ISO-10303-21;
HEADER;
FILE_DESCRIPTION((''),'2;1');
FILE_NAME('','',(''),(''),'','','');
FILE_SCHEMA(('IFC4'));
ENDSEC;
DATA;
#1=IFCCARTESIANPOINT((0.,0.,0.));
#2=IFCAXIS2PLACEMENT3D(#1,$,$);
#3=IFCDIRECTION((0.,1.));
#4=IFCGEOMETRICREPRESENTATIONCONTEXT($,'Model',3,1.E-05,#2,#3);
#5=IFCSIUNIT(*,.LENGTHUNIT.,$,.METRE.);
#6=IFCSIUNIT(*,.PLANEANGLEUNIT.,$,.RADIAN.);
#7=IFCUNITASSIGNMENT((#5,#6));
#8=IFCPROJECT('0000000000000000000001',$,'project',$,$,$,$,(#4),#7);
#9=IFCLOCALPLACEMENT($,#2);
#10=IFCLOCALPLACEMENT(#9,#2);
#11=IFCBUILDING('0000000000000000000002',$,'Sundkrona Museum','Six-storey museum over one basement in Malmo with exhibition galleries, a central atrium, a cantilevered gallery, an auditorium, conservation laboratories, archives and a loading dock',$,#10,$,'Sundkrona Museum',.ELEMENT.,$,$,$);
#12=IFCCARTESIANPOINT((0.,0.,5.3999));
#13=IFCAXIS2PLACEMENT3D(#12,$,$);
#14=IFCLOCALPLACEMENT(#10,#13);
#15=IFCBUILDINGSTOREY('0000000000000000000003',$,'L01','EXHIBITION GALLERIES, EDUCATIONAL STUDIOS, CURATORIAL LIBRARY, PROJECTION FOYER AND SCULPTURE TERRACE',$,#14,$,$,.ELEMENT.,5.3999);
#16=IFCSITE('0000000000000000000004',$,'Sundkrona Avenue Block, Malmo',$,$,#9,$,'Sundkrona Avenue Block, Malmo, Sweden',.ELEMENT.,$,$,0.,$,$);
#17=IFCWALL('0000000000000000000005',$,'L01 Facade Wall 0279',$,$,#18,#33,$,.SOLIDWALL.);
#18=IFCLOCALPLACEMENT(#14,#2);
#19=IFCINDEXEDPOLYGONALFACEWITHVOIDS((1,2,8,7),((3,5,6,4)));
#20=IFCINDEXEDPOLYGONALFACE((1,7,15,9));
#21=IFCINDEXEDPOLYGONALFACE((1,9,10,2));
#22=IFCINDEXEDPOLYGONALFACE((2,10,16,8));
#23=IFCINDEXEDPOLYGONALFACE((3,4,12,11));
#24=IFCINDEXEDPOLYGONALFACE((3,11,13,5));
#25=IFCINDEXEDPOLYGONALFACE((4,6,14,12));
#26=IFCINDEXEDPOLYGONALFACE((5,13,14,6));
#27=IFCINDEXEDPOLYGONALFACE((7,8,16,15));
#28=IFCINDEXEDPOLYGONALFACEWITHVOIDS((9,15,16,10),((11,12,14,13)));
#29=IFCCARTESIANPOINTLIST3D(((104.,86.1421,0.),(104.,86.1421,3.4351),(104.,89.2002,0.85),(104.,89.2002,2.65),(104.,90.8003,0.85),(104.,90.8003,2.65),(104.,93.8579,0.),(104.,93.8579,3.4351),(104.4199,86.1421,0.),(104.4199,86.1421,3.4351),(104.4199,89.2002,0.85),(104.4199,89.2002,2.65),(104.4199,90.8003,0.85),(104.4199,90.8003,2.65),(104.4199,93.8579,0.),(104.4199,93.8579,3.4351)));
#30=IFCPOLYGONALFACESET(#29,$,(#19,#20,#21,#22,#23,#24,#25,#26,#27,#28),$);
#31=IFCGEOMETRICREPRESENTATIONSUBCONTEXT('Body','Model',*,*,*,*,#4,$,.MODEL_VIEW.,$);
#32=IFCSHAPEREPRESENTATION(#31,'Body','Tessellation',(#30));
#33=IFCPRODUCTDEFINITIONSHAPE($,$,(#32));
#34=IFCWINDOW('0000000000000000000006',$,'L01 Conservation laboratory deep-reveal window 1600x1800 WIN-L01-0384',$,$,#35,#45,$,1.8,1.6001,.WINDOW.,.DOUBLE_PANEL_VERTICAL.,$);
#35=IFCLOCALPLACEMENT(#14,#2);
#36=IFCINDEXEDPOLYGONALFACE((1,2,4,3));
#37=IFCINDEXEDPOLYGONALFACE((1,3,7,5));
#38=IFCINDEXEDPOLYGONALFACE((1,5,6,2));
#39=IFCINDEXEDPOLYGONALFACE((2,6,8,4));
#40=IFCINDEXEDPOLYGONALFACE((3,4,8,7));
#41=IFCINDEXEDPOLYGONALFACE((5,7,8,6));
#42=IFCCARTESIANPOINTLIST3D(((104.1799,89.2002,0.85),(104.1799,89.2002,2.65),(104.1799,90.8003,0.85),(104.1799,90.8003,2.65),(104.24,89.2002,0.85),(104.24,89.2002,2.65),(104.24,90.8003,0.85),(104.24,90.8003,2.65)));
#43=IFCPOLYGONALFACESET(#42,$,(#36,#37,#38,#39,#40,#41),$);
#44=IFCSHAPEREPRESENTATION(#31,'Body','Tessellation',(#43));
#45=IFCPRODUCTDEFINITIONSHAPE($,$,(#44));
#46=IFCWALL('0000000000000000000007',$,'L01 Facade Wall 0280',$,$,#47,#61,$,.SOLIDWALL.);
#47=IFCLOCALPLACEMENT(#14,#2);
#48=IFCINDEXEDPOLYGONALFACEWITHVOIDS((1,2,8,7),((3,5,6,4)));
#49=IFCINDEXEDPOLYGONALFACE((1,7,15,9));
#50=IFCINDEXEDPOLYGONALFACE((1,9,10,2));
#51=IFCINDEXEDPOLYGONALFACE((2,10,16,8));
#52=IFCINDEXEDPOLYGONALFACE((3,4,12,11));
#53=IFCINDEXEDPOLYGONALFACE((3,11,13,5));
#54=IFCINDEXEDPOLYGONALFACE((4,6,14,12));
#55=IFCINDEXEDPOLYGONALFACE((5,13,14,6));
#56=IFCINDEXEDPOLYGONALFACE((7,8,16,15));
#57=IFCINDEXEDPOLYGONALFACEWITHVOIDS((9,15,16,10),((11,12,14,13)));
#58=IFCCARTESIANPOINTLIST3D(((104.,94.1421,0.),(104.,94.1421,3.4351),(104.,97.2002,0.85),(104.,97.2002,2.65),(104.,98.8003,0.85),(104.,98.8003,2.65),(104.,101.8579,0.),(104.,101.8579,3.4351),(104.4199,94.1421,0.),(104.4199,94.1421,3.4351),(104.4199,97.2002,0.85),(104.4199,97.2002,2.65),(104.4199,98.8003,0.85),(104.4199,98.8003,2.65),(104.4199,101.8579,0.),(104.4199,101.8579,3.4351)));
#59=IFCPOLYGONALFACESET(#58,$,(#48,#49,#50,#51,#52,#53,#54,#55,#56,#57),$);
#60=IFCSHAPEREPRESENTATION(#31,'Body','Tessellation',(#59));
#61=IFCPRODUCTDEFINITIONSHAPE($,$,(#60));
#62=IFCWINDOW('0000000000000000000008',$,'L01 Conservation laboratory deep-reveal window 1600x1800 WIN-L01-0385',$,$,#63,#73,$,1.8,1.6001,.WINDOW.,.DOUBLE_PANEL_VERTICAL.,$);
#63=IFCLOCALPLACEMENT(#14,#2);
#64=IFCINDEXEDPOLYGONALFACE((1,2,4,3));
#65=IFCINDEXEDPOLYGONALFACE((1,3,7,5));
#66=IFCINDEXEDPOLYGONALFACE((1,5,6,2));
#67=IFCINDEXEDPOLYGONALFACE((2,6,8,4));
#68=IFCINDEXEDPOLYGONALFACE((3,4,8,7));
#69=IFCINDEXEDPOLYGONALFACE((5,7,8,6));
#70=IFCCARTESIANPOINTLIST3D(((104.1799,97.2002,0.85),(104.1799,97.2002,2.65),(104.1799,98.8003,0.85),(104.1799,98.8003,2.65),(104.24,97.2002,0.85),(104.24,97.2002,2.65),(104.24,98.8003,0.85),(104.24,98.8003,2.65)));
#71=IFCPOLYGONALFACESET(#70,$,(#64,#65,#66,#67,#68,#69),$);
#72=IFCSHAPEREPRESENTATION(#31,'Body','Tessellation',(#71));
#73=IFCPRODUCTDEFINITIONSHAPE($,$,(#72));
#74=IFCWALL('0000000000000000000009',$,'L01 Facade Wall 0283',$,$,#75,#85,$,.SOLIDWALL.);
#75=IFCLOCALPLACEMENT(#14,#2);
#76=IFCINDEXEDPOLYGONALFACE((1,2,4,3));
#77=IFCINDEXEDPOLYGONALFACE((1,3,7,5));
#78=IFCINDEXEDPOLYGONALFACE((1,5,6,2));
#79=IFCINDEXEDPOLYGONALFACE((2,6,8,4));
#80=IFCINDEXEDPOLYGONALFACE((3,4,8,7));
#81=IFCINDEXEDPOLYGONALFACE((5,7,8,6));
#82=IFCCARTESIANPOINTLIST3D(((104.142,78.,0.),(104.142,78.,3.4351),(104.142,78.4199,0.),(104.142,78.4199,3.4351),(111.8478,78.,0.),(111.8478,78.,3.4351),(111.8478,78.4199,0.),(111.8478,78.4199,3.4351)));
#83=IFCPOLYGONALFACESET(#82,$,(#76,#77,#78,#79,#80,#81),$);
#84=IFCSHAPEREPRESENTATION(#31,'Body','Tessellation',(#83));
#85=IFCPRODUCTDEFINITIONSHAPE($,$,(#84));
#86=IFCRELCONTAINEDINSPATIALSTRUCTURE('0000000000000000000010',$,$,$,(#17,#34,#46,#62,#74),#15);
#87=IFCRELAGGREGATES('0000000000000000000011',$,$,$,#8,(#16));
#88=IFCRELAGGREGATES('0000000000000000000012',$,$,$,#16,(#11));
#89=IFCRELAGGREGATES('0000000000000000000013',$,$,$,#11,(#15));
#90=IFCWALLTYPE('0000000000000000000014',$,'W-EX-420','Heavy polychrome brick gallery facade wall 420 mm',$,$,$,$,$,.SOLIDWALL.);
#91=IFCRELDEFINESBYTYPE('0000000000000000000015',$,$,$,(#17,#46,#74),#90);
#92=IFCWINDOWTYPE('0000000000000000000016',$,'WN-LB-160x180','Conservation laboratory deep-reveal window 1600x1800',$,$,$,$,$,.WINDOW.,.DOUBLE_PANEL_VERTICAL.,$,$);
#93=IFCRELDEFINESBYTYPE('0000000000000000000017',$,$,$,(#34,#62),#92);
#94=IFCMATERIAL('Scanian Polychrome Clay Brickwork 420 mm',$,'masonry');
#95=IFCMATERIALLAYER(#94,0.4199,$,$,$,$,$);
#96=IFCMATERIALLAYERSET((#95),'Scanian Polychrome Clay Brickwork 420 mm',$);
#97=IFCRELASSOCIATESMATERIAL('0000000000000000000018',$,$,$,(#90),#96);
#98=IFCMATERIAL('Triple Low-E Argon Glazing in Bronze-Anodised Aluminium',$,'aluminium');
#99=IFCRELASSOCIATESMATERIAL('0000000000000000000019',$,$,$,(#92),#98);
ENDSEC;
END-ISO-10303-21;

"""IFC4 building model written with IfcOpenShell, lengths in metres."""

from ifc_helpers import new_model, si_unit, direction, frame, frame_2d, origin, place, context, subcontext, project, spatial, rectangle, extrude, material, layer, layer_set, type_object, element, fill, save


model = new_model("IFC4")

# Units and contexts
model_context = context("Model", 3, precision=1e-05, world=origin(), true_north=direction((0.0, 1.0)))
body_context = subcontext(model_context, "Body", "Model", "MODEL_VIEW")
ifc_project = project(units=[si_unit("LENGTHUNIT", "METRE"), si_unit("PLANEANGLEUNIT", "RADIAN")], contexts=[model_context])

# Site, building, storey
site_placement = place(None, origin())
site = spatial("IfcSite", under=ifc_project, at=site_placement, Name="Sundkrona Avenue Block, Malmo", LongName="Sundkrona Avenue Block, Malmo, Sweden", CompositionType="ELEMENT", RefElevation=0.0)
building_placement = place(site_placement, origin())
building = spatial("IfcBuilding", under=site, at=building_placement, Name="Sundkrona Museum", Description="Six-storey museum over one basement in Malmo with exhibition galleries, a central atrium, a cantilevered gallery, an auditorium, conservation laboratories, archives and a loading dock", LongName="Sundkrona Museum", CompositionType="ELEMENT")
storey_placement = place(building_placement, frame((0.0, 0.0, 5.3999)))
storey = spatial("IfcBuildingStorey", under=building, at=storey_placement, Name="L01", Description="EXHIBITION GALLERIES, EDUCATIONAL STUDIOS, CURATORIAL LIBRARY, PROJECTION FOYER AND SCULPTURE TERRACE", CompositionType="ELEMENT", Elevation=5.3999)

# Walls, openings, windows
ifc_material_1 = material(Name="Scanian Polychrome Clay Brickwork 420 mm", Category="masonry")
ifc_layer_1 = layer(ifc_material_1, 0.4199)
ifc_layer_set_1 = layer_set([ifc_layer_1], Name="Scanian Polychrome Clay Brickwork 420 mm")
wall_type_1 = type_object("IfcWallType", Name="W-EX-420", Description="Heavy polychrome brick gallery facade wall 420 mm", PredefinedType="SOLIDWALL", material=ifc_layer_set_1)
ifc_material_2 = material(Name="Triple Low-E Argon Glazing in Bronze-Anodised Aluminium", Category="aluminium")
window_type = type_object("IfcWindowType", Name="WN-LB-160x180", Description="Conservation laboratory deep-reveal window 1600x1800", PartitioningType="DOUBLE_PANEL_VERTICAL", PredefinedType="WINDOW", material=ifc_material_2)
wall_1_placement = place(storey_placement, frame((104.21, 86.1421, 0.0), z_axis=(0.0, 0.0, 1.0), x_axis=(0.0, 1.0, 0.0)))
wall_1 = element("IfcWall", 1, at=wall_1_placement, inside=storey, type_object=wall_type_1, Name="L01 Facade Wall 0279", PredefinedType="SOLIDWALL", context=body_context, shape_type="SweptSolid", body=[
    extrude(rectangle(XDim=7.7158, YDim=0.4199, at=frame_2d((3.8579, 0.0))), origin(), (0.0, 0.0, 1.0), 3.4351),
])
opening_1_placement = place(wall_1_placement, frame((3.0581, 0.0, 0.8501)))
opening_1 = element("IfcOpeningElement", 2, at=opening_1_placement, cuts=wall_1, PredefinedType="OPENING", context=body_context, shape_type="SweptSolid", body=[
    extrude(rectangle(XDim=1.6001, YDim=1.8, at=frame_2d((0.8, 0.8999))), frame((0.0, 0.22, 0.0), z_axis=(0.0, -1.0, 0.0), x_axis=(1.0, 0.0, 0.0)), (0.0, 0.0, 1.0), 0.4399),
])
window_1_placement = place(opening_1_placement, origin())
window_1 = element("IfcWindow", 3, at=window_1_placement, inside=storey, type_object=window_type, Name="L01 Conservation laboratory deep-reveal window 1600x1800 WIN-L01-0384", OverallHeight=1.8, OverallWidth=1.6001, PartitioningType="DOUBLE_PANEL_VERTICAL", PredefinedType="WINDOW", context=body_context, shape_type="SweptSolid", body=[
    extrude(rectangle(XDim=1.6001, YDim=1.8, at=frame_2d((0.8, 0.8999))), frame((0.0, 0.03, 0.0), z_axis=(0.0, -1.0, 0.0), x_axis=(1.0, 0.0, 0.0)), (0.0, 0.0, 1.0), 0.0601),
])
fill(opening_1, window_1)
wall_2_placement = place(storey_placement, frame((104.21, 94.1421, 0.0), z_axis=(0.0, 0.0, 1.0), x_axis=(0.0, 1.0, 0.0)))
wall_2 = element("IfcWall", 4, at=wall_2_placement, inside=storey, type_object=wall_type_1, Name="L01 Facade Wall 0280", PredefinedType="SOLIDWALL", context=body_context, shape_type="SweptSolid", body=[
    extrude(rectangle(XDim=7.7158, YDim=0.4199, at=frame_2d((3.8579, 0.0))), origin(), (0.0, 0.0, 1.0), 3.4351),
])
opening_2_placement = place(wall_2_placement, frame((3.0581, 0.0, 0.8501)))
opening_2 = element("IfcOpeningElement", 5, at=opening_2_placement, cuts=wall_2, PredefinedType="OPENING", context=body_context, shape_type="SweptSolid", body=[
    extrude(rectangle(XDim=1.6001, YDim=1.8, at=frame_2d((0.8, 0.8999))), frame((0.0, 0.22, 0.0), z_axis=(0.0, -1.0, 0.0), x_axis=(1.0, 0.0, 0.0)), (0.0, 0.0, 1.0), 0.4399),
])
window_2_placement = place(opening_2_placement, origin())
window_2 = element("IfcWindow", 6, at=window_2_placement, inside=storey, type_object=window_type, Name="L01 Conservation laboratory deep-reveal window 1600x1800 WIN-L01-0385", OverallHeight=1.8, OverallWidth=1.6001, PartitioningType="DOUBLE_PANEL_VERTICAL", PredefinedType="WINDOW", context=body_context, shape_type="SweptSolid", body=[
    extrude(rectangle(XDim=1.6001, YDim=1.8, at=frame_2d((0.8, 0.8999))), frame((0.0, 0.03, 0.0), z_axis=(0.0, -1.0, 0.0), x_axis=(1.0, 0.0, 0.0)), (0.0, 0.0, 1.0), 0.0601),
])
fill(opening_2, window_2)

# Wall
wall_3_placement = place(storey_placement, frame((111.8479, 78.21, 0.0), z_axis=(0.0, 0.0, 1.0), x_axis=(-1.0, 0.0, 0.0)))
element("IfcWall", 7, at=wall_3_placement, inside=storey, type_object=wall_type_1, Name="L01 Facade Wall 0283", PredefinedType="SOLIDWALL", context=body_context, shape_type="SweptSolid", body=[
    extrude(rectangle(XDim=7.7058, YDim=0.4199, at=frame_2d((3.853, 0.0))), origin(), (0.0, 0.0, 1.0), 3.4351),
])

save(model, "model.ifc")
